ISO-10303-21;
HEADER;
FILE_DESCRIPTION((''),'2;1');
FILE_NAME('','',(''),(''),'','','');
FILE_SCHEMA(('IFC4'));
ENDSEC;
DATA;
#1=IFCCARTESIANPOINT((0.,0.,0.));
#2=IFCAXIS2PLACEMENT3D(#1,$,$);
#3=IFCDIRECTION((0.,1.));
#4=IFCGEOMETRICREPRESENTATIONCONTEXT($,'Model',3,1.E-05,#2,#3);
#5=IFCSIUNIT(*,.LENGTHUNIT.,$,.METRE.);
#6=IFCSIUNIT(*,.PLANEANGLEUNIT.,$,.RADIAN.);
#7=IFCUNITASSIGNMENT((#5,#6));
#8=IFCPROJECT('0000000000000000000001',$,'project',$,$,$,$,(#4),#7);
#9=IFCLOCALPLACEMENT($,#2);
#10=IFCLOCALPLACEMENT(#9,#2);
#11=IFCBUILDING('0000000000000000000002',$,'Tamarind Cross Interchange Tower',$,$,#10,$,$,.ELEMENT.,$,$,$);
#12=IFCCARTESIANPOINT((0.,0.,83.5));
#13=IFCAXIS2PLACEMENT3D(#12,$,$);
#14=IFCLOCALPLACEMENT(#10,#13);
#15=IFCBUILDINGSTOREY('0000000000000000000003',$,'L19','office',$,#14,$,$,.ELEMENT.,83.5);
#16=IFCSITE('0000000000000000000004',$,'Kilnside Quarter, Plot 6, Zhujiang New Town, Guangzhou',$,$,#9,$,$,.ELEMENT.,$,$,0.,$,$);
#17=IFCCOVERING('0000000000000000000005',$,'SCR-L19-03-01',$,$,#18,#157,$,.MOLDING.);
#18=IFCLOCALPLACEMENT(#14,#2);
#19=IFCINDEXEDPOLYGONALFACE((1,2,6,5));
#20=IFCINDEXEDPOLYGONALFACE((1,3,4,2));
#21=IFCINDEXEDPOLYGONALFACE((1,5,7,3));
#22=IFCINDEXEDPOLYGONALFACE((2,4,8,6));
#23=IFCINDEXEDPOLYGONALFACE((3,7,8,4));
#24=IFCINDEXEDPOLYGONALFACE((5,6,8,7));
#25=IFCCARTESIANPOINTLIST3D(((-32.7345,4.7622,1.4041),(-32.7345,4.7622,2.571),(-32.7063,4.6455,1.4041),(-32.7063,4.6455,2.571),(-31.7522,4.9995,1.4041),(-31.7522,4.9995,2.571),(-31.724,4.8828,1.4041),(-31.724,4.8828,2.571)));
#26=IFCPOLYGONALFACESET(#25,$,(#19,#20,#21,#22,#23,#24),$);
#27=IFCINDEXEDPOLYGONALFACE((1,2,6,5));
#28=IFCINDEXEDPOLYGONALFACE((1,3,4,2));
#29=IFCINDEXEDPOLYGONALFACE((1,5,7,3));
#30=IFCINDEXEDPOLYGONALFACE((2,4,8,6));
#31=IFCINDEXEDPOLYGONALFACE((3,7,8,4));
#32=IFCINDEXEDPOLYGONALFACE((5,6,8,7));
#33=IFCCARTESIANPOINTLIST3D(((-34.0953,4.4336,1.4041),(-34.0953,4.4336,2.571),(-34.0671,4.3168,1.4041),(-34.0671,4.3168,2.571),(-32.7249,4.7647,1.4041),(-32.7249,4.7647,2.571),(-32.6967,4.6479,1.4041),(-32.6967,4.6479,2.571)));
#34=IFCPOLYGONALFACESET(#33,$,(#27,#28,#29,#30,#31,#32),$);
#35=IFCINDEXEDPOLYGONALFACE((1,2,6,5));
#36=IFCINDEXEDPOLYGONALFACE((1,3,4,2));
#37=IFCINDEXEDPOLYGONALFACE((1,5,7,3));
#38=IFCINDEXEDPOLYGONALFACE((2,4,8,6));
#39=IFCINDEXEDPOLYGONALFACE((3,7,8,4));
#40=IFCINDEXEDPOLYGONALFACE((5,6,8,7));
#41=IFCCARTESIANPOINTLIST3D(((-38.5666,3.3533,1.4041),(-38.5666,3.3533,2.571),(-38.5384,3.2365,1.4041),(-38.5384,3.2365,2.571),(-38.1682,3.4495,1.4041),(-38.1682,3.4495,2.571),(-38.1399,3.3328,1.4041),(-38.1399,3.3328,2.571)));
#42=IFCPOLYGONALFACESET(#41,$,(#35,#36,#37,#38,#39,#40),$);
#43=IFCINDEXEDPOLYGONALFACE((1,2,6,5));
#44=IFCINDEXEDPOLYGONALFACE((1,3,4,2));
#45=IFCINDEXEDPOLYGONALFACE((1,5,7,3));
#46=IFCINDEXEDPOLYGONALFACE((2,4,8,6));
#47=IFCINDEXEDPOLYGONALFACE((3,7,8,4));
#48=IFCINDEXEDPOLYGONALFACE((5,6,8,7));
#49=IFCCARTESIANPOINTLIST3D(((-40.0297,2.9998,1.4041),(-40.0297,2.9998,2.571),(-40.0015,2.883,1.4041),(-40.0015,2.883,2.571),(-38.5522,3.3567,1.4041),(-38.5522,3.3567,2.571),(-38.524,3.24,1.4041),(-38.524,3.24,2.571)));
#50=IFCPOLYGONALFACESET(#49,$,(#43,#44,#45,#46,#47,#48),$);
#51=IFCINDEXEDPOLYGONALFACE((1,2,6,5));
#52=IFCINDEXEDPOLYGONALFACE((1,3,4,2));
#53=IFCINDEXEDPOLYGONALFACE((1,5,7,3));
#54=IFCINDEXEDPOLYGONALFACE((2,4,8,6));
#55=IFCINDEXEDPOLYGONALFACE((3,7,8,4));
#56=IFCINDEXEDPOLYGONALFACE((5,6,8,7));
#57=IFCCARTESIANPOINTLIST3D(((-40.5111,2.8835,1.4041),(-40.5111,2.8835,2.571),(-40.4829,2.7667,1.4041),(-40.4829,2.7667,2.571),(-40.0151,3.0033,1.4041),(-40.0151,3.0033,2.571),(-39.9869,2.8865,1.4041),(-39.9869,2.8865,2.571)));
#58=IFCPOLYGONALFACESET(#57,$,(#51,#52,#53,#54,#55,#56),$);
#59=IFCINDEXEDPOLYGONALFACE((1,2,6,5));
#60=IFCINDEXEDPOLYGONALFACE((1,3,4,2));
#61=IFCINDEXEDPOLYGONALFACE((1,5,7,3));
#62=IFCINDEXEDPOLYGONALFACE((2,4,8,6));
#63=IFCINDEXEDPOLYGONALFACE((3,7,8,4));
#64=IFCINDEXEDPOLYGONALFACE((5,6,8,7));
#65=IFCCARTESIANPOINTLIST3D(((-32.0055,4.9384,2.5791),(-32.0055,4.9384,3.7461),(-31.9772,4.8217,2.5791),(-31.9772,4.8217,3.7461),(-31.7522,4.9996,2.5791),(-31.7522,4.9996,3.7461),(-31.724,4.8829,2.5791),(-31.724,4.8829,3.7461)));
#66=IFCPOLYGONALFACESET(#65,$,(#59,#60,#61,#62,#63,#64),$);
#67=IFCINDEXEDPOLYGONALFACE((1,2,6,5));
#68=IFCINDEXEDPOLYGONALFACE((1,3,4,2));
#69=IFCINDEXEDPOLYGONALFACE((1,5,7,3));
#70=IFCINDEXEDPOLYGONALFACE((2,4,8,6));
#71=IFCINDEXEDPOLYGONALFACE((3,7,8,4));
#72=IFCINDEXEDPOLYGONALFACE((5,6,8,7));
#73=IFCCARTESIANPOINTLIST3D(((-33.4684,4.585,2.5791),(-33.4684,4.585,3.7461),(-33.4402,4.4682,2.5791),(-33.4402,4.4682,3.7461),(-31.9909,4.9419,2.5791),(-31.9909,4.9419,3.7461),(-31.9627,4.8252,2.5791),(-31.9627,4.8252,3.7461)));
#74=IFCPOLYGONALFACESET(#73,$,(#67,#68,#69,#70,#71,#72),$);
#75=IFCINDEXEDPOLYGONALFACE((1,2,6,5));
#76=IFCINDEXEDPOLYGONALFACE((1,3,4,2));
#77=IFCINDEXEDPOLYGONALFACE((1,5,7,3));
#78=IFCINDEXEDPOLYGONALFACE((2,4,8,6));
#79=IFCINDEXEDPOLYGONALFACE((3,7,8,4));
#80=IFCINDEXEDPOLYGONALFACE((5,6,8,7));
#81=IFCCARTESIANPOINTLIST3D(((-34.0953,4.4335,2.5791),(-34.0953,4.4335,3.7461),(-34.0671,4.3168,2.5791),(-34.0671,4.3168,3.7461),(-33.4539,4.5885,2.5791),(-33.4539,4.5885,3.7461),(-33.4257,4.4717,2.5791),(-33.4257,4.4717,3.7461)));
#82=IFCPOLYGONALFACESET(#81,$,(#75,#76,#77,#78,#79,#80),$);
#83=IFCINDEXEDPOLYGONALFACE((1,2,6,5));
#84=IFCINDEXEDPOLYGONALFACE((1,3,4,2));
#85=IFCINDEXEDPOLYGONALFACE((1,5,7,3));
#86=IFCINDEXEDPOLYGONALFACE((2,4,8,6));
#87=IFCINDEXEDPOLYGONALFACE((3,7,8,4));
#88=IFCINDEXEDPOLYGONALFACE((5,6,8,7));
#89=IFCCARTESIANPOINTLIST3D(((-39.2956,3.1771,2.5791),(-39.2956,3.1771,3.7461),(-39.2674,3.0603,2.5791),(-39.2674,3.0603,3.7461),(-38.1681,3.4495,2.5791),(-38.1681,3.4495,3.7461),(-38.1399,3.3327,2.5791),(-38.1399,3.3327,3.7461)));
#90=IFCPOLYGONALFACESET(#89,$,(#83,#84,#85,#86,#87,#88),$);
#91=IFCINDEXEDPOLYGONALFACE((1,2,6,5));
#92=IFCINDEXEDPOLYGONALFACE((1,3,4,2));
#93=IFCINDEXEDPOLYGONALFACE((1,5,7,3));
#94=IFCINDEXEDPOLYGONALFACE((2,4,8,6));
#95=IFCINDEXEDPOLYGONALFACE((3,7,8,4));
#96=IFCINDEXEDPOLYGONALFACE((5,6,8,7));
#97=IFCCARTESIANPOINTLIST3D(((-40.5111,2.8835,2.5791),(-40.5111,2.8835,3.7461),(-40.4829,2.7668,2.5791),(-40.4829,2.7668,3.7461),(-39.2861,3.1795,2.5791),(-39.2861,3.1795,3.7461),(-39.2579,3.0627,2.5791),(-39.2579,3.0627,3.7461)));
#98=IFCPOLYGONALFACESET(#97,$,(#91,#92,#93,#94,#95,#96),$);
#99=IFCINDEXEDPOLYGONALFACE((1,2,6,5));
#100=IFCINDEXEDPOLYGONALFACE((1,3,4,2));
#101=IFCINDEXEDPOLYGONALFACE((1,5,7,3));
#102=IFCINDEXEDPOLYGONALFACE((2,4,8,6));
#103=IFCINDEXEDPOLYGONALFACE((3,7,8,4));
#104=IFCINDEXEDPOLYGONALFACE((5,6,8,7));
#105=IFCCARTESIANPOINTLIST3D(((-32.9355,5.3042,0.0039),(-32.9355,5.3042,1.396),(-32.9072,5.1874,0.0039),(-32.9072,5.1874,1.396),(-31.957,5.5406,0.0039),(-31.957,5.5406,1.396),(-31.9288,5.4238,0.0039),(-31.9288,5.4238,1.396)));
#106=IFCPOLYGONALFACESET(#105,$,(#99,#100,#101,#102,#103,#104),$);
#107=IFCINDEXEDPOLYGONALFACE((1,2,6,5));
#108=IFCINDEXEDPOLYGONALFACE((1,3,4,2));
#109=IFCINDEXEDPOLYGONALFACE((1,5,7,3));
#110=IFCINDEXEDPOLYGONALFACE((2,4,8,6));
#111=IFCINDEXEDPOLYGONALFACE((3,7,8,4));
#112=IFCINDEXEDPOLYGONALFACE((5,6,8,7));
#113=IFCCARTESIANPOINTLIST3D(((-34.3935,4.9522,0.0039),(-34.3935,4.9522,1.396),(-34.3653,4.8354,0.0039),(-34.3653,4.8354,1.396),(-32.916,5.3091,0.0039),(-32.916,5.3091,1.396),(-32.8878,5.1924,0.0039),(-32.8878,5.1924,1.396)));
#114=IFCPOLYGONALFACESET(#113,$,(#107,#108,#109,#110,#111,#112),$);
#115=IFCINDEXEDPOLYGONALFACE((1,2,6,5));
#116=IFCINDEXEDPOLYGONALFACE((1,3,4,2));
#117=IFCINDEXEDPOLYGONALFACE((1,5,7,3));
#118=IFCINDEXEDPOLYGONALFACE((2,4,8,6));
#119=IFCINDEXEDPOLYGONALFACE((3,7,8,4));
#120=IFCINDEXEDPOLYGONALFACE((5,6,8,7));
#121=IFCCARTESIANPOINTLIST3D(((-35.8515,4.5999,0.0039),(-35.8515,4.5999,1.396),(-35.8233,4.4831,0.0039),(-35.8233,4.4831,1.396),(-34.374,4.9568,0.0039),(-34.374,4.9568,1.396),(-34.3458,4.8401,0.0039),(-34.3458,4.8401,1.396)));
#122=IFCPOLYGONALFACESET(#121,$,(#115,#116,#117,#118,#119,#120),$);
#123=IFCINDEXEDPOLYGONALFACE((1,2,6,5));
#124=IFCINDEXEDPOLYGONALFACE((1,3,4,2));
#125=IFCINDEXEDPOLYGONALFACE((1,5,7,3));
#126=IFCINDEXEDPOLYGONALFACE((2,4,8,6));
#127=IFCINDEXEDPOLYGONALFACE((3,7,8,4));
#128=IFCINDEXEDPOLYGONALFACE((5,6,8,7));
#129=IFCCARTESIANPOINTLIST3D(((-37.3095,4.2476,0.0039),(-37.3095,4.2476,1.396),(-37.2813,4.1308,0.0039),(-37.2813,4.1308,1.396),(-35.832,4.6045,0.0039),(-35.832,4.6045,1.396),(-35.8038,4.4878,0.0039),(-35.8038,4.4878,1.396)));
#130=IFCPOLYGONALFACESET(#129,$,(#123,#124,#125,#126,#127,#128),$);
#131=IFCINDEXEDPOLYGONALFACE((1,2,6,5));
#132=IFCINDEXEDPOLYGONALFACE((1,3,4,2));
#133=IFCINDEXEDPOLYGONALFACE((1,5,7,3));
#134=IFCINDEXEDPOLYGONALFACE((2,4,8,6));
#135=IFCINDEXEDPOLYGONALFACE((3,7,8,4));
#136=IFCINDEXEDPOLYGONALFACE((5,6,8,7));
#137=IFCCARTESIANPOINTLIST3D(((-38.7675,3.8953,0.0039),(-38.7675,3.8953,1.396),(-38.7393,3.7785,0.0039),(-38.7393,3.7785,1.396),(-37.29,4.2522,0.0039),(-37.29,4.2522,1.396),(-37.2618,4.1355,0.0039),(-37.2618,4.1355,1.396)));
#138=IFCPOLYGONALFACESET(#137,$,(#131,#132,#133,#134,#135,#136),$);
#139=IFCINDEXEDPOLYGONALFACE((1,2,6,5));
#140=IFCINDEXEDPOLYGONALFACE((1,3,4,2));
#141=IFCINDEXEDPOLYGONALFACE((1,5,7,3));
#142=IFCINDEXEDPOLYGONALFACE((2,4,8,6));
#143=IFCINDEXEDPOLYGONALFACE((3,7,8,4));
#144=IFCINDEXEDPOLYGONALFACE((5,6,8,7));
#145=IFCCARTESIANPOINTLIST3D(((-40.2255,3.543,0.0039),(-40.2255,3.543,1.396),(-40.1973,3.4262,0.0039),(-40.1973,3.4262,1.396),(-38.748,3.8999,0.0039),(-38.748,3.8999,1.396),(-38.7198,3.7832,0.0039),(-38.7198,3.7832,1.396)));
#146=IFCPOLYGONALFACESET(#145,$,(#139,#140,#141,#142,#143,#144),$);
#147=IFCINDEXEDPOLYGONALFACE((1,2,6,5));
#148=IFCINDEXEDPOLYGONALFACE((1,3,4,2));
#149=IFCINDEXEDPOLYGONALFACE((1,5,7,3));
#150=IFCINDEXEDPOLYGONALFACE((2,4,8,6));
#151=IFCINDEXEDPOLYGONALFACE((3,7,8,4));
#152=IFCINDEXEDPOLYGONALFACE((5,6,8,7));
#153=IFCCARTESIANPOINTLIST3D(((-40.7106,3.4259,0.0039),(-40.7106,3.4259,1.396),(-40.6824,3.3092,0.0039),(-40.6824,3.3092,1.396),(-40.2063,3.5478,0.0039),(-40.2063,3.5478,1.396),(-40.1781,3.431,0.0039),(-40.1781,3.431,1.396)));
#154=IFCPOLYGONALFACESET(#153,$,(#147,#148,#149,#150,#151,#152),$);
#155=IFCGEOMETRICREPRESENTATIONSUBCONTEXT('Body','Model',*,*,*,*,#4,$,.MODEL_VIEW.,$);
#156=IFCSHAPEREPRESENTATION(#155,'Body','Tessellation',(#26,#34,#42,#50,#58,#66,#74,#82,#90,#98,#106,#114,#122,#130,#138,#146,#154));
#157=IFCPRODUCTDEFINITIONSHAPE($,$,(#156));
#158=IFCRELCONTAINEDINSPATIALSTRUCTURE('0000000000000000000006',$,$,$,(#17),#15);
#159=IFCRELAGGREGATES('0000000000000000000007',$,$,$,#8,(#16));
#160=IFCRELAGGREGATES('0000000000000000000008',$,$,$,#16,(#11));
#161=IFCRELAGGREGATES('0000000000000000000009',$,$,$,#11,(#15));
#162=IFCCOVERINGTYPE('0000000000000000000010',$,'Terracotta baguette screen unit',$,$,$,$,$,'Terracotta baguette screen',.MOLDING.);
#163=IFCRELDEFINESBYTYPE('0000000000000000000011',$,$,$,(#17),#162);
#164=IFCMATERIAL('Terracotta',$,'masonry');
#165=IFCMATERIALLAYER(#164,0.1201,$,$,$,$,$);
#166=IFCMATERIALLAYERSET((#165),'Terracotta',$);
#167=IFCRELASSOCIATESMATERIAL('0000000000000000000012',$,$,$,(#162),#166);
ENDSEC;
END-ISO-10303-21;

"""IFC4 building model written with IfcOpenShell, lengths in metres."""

from ifc_helpers import new_model, si_unit, direction, frame, origin, origin_2d, place, context, subcontext, project, spatial, rectangle, extrude, material, layer, layer_set, type_object, element, save


model = new_model("IFC4")

# Units and contexts
model_context = context("Model", 3, precision=1e-05, world=origin(), true_north=direction((0.0, 1.0)))
body_context = subcontext(model_context, "Body", "Model", "MODEL_VIEW")
ifc_project = project(units=[si_unit("LENGTHUNIT", "METRE"), si_unit("PLANEANGLEUNIT", "RADIAN")], contexts=[model_context])

# Site, building, storey
site_placement = place(None, origin())
site = spatial("IfcSite", under=ifc_project, at=site_placement, Name="Kilnside Quarter, Plot 6, Zhujiang New Town, Guangzhou", CompositionType="ELEMENT", RefElevation=0.0)
building_placement = place(site_placement, origin())
building = spatial("IfcBuilding", under=site, at=building_placement, Name="Tamarind Cross Interchange Tower", CompositionType="ELEMENT")
storey_placement = place(building_placement, frame((0.0, 0.0, 83.5)))
storey = spatial("IfcBuildingStorey", under=building, at=storey_placement, Name="L19", Description="office", CompositionType="ELEMENT", Elevation=83.5)

# Covering
ifc_material_1 = material(Name="Terracotta", Category="masonry")
ifc_layer_1 = layer(ifc_material_1, 0.1201)
ifc_layer_set_1 = layer_set([ifc_layer_1], Name="Terracotta")
covering_type = type_object("IfcCoveringType", Name="Terracotta baguette screen unit", ElementType="Terracotta baguette screen", PredefinedType="MOLDING", material=ifc_layer_set_1)
covering_1_placement = place(storey_placement, origin())
element("IfcCovering", 1, at=covering_1_placement, inside=storey, type_object=covering_type, Name="SCR-L19-03-01", PredefinedType="MOLDING", context=body_context, shape_type="SweptSolid", body=[
    extrude(rectangle(XDim=1.0105, YDim=0.1201, at=origin_2d()), frame((-32.2292, 4.8225, 1.4041), z_axis=(0.0, 0.0, 1.0), x_axis=(-0.972033, -0.234844, 0.0)), (0.0, 0.0, 1.0), 1.167),
    extrude(rectangle(XDim=1.4099, YDim=0.1201, at=origin_2d()), frame((-33.396, 4.5408, 1.4041), z_axis=(0.0, 0.0, 1.0), x_axis=(-0.972033, -0.234844, 0.0)), (0.0, 0.0, 1.0), 1.167),
    extrude(rectangle(XDim=0.4099, YDim=0.1201, at=origin_2d()), frame((-38.3533, 3.343, 1.4041), z_axis=(0.0, 0.0, 1.0), x_axis=(-0.972033, -0.234844, 0.0)), (0.0, 0.0, 1.0), 1.167),
    extrude(rectangle(XDim=1.52, YDim=0.1201, at=origin_2d()), frame((-39.2769, 3.1199, 1.4041), z_axis=(0.0, 0.0, 1.0), x_axis=(-0.972033, -0.234844, 0.0)), (0.0, 0.0, 1.0), 1.167),
    extrude(rectangle(XDim=0.5103, YDim=0.1201, at=origin_2d()), frame((-40.249, 2.885, 1.4041), z_axis=(0.0, 0.0, 1.0), x_axis=(-0.972033, -0.234844, 0.0)), (0.0, 0.0, 1.0), 1.167),
    extrude(rectangle(XDim=0.2605, YDim=0.1201, at=origin_2d()), frame((-31.8647, 4.9106, 2.5791), z_axis=(0.0, 0.0, 1.0), x_axis=(-0.972033, -0.234844, 0.0)), (0.0, 0.0, 1.0), 1.167),
    extrude(rectangle(XDim=1.52, YDim=0.1201, at=origin_2d()), frame((-32.7156, 4.7051, 2.5791), z_axis=(0.0, 0.0, 1.0), x_axis=(-0.972033, -0.234844, 0.0)), (0.0, 0.0, 1.0), 1.167),
    extrude(rectangle(XDim=0.6599, YDim=0.1201, at=origin_2d()), frame((-33.7605, 4.4526, 2.5791), z_axis=(0.0, 0.0, 1.0), x_axis=(-0.972033, -0.234844, 0.0)), (0.0, 0.0, 1.0), 1.167),
    extrude(rectangle(XDim=1.1599, YDim=0.1201, at=origin_2d()), frame((-38.7178, 3.2549, 2.5791), z_axis=(0.0, 0.0, 1.0), x_axis=(-0.972033, -0.234844, 0.0)), (0.0, 0.0, 1.0), 1.167),
    extrude(rectangle(XDim=1.2603, YDim=0.1201, at=origin_2d()), frame((-39.8845, 2.9731, 2.5791), z_axis=(0.0, 0.0, 1.0), x_axis=(-0.972033, -0.234844, 0.0)), (0.0, 0.0, 1.0), 1.167),
    extrude(rectangle(XDim=1.0066, YDim=0.1201, at=origin_2d()), frame((-32.4321, 5.364, 0.0039), z_axis=(0.0, 0.0, 1.0), x_axis=(-0.972033, -0.234844, 0.0)), (0.0, 0.0, 1.0), 1.3921),
    extrude(rectangle(XDim=1.52, YDim=0.1201, at=origin_2d()), frame((-33.6406, 5.0723, 0.0039), z_axis=(0.0, 0.0, 1.0), x_axis=(-0.972033, -0.234844, 0.0)), (0.0, 0.0, 1.0), 1.3921),
    extrude(rectangle(XDim=1.52, YDim=0.1201, at=origin_2d()), frame((-35.0986, 4.72, 0.0039), z_axis=(0.0, 0.0, 1.0), x_axis=(-0.972033, -0.234844, 0.0)), (0.0, 0.0, 1.0), 1.3921),
    extrude(rectangle(XDim=1.52, YDim=0.1201, at=origin_2d()), frame((-36.5566, 4.3677, 0.0039), z_axis=(0.0, 0.0, 1.0), x_axis=(-0.972033, -0.234844, 0.0)), (0.0, 0.0, 1.0), 1.3921),
    extrude(rectangle(XDim=1.52, YDim=0.1201, at=origin_2d()), frame((-38.0146, 4.0154, 0.0039), z_axis=(0.0, 0.0, 1.0), x_axis=(-0.972033, -0.234844, 0.0)), (0.0, 0.0, 1.0), 1.3921),
    extrude(rectangle(XDim=1.52, YDim=0.1201, at=origin_2d()), frame((-39.4727, 3.6631, 0.0039), z_axis=(0.0, 0.0, 1.0), x_axis=(-0.972033, -0.234844, 0.0)), (0.0, 0.0, 1.0), 1.3921),
    extrude(rectangle(XDim=0.5188, YDim=0.1201, at=origin_2d()), frame((-40.4443, 3.4285, 0.0039), z_axis=(0.0, 0.0, 1.0), x_axis=(-0.972033, -0.234844, 0.0)), (0.0, 0.0, 1.0), 1.3921),
])

save(model, "model.ifc")
